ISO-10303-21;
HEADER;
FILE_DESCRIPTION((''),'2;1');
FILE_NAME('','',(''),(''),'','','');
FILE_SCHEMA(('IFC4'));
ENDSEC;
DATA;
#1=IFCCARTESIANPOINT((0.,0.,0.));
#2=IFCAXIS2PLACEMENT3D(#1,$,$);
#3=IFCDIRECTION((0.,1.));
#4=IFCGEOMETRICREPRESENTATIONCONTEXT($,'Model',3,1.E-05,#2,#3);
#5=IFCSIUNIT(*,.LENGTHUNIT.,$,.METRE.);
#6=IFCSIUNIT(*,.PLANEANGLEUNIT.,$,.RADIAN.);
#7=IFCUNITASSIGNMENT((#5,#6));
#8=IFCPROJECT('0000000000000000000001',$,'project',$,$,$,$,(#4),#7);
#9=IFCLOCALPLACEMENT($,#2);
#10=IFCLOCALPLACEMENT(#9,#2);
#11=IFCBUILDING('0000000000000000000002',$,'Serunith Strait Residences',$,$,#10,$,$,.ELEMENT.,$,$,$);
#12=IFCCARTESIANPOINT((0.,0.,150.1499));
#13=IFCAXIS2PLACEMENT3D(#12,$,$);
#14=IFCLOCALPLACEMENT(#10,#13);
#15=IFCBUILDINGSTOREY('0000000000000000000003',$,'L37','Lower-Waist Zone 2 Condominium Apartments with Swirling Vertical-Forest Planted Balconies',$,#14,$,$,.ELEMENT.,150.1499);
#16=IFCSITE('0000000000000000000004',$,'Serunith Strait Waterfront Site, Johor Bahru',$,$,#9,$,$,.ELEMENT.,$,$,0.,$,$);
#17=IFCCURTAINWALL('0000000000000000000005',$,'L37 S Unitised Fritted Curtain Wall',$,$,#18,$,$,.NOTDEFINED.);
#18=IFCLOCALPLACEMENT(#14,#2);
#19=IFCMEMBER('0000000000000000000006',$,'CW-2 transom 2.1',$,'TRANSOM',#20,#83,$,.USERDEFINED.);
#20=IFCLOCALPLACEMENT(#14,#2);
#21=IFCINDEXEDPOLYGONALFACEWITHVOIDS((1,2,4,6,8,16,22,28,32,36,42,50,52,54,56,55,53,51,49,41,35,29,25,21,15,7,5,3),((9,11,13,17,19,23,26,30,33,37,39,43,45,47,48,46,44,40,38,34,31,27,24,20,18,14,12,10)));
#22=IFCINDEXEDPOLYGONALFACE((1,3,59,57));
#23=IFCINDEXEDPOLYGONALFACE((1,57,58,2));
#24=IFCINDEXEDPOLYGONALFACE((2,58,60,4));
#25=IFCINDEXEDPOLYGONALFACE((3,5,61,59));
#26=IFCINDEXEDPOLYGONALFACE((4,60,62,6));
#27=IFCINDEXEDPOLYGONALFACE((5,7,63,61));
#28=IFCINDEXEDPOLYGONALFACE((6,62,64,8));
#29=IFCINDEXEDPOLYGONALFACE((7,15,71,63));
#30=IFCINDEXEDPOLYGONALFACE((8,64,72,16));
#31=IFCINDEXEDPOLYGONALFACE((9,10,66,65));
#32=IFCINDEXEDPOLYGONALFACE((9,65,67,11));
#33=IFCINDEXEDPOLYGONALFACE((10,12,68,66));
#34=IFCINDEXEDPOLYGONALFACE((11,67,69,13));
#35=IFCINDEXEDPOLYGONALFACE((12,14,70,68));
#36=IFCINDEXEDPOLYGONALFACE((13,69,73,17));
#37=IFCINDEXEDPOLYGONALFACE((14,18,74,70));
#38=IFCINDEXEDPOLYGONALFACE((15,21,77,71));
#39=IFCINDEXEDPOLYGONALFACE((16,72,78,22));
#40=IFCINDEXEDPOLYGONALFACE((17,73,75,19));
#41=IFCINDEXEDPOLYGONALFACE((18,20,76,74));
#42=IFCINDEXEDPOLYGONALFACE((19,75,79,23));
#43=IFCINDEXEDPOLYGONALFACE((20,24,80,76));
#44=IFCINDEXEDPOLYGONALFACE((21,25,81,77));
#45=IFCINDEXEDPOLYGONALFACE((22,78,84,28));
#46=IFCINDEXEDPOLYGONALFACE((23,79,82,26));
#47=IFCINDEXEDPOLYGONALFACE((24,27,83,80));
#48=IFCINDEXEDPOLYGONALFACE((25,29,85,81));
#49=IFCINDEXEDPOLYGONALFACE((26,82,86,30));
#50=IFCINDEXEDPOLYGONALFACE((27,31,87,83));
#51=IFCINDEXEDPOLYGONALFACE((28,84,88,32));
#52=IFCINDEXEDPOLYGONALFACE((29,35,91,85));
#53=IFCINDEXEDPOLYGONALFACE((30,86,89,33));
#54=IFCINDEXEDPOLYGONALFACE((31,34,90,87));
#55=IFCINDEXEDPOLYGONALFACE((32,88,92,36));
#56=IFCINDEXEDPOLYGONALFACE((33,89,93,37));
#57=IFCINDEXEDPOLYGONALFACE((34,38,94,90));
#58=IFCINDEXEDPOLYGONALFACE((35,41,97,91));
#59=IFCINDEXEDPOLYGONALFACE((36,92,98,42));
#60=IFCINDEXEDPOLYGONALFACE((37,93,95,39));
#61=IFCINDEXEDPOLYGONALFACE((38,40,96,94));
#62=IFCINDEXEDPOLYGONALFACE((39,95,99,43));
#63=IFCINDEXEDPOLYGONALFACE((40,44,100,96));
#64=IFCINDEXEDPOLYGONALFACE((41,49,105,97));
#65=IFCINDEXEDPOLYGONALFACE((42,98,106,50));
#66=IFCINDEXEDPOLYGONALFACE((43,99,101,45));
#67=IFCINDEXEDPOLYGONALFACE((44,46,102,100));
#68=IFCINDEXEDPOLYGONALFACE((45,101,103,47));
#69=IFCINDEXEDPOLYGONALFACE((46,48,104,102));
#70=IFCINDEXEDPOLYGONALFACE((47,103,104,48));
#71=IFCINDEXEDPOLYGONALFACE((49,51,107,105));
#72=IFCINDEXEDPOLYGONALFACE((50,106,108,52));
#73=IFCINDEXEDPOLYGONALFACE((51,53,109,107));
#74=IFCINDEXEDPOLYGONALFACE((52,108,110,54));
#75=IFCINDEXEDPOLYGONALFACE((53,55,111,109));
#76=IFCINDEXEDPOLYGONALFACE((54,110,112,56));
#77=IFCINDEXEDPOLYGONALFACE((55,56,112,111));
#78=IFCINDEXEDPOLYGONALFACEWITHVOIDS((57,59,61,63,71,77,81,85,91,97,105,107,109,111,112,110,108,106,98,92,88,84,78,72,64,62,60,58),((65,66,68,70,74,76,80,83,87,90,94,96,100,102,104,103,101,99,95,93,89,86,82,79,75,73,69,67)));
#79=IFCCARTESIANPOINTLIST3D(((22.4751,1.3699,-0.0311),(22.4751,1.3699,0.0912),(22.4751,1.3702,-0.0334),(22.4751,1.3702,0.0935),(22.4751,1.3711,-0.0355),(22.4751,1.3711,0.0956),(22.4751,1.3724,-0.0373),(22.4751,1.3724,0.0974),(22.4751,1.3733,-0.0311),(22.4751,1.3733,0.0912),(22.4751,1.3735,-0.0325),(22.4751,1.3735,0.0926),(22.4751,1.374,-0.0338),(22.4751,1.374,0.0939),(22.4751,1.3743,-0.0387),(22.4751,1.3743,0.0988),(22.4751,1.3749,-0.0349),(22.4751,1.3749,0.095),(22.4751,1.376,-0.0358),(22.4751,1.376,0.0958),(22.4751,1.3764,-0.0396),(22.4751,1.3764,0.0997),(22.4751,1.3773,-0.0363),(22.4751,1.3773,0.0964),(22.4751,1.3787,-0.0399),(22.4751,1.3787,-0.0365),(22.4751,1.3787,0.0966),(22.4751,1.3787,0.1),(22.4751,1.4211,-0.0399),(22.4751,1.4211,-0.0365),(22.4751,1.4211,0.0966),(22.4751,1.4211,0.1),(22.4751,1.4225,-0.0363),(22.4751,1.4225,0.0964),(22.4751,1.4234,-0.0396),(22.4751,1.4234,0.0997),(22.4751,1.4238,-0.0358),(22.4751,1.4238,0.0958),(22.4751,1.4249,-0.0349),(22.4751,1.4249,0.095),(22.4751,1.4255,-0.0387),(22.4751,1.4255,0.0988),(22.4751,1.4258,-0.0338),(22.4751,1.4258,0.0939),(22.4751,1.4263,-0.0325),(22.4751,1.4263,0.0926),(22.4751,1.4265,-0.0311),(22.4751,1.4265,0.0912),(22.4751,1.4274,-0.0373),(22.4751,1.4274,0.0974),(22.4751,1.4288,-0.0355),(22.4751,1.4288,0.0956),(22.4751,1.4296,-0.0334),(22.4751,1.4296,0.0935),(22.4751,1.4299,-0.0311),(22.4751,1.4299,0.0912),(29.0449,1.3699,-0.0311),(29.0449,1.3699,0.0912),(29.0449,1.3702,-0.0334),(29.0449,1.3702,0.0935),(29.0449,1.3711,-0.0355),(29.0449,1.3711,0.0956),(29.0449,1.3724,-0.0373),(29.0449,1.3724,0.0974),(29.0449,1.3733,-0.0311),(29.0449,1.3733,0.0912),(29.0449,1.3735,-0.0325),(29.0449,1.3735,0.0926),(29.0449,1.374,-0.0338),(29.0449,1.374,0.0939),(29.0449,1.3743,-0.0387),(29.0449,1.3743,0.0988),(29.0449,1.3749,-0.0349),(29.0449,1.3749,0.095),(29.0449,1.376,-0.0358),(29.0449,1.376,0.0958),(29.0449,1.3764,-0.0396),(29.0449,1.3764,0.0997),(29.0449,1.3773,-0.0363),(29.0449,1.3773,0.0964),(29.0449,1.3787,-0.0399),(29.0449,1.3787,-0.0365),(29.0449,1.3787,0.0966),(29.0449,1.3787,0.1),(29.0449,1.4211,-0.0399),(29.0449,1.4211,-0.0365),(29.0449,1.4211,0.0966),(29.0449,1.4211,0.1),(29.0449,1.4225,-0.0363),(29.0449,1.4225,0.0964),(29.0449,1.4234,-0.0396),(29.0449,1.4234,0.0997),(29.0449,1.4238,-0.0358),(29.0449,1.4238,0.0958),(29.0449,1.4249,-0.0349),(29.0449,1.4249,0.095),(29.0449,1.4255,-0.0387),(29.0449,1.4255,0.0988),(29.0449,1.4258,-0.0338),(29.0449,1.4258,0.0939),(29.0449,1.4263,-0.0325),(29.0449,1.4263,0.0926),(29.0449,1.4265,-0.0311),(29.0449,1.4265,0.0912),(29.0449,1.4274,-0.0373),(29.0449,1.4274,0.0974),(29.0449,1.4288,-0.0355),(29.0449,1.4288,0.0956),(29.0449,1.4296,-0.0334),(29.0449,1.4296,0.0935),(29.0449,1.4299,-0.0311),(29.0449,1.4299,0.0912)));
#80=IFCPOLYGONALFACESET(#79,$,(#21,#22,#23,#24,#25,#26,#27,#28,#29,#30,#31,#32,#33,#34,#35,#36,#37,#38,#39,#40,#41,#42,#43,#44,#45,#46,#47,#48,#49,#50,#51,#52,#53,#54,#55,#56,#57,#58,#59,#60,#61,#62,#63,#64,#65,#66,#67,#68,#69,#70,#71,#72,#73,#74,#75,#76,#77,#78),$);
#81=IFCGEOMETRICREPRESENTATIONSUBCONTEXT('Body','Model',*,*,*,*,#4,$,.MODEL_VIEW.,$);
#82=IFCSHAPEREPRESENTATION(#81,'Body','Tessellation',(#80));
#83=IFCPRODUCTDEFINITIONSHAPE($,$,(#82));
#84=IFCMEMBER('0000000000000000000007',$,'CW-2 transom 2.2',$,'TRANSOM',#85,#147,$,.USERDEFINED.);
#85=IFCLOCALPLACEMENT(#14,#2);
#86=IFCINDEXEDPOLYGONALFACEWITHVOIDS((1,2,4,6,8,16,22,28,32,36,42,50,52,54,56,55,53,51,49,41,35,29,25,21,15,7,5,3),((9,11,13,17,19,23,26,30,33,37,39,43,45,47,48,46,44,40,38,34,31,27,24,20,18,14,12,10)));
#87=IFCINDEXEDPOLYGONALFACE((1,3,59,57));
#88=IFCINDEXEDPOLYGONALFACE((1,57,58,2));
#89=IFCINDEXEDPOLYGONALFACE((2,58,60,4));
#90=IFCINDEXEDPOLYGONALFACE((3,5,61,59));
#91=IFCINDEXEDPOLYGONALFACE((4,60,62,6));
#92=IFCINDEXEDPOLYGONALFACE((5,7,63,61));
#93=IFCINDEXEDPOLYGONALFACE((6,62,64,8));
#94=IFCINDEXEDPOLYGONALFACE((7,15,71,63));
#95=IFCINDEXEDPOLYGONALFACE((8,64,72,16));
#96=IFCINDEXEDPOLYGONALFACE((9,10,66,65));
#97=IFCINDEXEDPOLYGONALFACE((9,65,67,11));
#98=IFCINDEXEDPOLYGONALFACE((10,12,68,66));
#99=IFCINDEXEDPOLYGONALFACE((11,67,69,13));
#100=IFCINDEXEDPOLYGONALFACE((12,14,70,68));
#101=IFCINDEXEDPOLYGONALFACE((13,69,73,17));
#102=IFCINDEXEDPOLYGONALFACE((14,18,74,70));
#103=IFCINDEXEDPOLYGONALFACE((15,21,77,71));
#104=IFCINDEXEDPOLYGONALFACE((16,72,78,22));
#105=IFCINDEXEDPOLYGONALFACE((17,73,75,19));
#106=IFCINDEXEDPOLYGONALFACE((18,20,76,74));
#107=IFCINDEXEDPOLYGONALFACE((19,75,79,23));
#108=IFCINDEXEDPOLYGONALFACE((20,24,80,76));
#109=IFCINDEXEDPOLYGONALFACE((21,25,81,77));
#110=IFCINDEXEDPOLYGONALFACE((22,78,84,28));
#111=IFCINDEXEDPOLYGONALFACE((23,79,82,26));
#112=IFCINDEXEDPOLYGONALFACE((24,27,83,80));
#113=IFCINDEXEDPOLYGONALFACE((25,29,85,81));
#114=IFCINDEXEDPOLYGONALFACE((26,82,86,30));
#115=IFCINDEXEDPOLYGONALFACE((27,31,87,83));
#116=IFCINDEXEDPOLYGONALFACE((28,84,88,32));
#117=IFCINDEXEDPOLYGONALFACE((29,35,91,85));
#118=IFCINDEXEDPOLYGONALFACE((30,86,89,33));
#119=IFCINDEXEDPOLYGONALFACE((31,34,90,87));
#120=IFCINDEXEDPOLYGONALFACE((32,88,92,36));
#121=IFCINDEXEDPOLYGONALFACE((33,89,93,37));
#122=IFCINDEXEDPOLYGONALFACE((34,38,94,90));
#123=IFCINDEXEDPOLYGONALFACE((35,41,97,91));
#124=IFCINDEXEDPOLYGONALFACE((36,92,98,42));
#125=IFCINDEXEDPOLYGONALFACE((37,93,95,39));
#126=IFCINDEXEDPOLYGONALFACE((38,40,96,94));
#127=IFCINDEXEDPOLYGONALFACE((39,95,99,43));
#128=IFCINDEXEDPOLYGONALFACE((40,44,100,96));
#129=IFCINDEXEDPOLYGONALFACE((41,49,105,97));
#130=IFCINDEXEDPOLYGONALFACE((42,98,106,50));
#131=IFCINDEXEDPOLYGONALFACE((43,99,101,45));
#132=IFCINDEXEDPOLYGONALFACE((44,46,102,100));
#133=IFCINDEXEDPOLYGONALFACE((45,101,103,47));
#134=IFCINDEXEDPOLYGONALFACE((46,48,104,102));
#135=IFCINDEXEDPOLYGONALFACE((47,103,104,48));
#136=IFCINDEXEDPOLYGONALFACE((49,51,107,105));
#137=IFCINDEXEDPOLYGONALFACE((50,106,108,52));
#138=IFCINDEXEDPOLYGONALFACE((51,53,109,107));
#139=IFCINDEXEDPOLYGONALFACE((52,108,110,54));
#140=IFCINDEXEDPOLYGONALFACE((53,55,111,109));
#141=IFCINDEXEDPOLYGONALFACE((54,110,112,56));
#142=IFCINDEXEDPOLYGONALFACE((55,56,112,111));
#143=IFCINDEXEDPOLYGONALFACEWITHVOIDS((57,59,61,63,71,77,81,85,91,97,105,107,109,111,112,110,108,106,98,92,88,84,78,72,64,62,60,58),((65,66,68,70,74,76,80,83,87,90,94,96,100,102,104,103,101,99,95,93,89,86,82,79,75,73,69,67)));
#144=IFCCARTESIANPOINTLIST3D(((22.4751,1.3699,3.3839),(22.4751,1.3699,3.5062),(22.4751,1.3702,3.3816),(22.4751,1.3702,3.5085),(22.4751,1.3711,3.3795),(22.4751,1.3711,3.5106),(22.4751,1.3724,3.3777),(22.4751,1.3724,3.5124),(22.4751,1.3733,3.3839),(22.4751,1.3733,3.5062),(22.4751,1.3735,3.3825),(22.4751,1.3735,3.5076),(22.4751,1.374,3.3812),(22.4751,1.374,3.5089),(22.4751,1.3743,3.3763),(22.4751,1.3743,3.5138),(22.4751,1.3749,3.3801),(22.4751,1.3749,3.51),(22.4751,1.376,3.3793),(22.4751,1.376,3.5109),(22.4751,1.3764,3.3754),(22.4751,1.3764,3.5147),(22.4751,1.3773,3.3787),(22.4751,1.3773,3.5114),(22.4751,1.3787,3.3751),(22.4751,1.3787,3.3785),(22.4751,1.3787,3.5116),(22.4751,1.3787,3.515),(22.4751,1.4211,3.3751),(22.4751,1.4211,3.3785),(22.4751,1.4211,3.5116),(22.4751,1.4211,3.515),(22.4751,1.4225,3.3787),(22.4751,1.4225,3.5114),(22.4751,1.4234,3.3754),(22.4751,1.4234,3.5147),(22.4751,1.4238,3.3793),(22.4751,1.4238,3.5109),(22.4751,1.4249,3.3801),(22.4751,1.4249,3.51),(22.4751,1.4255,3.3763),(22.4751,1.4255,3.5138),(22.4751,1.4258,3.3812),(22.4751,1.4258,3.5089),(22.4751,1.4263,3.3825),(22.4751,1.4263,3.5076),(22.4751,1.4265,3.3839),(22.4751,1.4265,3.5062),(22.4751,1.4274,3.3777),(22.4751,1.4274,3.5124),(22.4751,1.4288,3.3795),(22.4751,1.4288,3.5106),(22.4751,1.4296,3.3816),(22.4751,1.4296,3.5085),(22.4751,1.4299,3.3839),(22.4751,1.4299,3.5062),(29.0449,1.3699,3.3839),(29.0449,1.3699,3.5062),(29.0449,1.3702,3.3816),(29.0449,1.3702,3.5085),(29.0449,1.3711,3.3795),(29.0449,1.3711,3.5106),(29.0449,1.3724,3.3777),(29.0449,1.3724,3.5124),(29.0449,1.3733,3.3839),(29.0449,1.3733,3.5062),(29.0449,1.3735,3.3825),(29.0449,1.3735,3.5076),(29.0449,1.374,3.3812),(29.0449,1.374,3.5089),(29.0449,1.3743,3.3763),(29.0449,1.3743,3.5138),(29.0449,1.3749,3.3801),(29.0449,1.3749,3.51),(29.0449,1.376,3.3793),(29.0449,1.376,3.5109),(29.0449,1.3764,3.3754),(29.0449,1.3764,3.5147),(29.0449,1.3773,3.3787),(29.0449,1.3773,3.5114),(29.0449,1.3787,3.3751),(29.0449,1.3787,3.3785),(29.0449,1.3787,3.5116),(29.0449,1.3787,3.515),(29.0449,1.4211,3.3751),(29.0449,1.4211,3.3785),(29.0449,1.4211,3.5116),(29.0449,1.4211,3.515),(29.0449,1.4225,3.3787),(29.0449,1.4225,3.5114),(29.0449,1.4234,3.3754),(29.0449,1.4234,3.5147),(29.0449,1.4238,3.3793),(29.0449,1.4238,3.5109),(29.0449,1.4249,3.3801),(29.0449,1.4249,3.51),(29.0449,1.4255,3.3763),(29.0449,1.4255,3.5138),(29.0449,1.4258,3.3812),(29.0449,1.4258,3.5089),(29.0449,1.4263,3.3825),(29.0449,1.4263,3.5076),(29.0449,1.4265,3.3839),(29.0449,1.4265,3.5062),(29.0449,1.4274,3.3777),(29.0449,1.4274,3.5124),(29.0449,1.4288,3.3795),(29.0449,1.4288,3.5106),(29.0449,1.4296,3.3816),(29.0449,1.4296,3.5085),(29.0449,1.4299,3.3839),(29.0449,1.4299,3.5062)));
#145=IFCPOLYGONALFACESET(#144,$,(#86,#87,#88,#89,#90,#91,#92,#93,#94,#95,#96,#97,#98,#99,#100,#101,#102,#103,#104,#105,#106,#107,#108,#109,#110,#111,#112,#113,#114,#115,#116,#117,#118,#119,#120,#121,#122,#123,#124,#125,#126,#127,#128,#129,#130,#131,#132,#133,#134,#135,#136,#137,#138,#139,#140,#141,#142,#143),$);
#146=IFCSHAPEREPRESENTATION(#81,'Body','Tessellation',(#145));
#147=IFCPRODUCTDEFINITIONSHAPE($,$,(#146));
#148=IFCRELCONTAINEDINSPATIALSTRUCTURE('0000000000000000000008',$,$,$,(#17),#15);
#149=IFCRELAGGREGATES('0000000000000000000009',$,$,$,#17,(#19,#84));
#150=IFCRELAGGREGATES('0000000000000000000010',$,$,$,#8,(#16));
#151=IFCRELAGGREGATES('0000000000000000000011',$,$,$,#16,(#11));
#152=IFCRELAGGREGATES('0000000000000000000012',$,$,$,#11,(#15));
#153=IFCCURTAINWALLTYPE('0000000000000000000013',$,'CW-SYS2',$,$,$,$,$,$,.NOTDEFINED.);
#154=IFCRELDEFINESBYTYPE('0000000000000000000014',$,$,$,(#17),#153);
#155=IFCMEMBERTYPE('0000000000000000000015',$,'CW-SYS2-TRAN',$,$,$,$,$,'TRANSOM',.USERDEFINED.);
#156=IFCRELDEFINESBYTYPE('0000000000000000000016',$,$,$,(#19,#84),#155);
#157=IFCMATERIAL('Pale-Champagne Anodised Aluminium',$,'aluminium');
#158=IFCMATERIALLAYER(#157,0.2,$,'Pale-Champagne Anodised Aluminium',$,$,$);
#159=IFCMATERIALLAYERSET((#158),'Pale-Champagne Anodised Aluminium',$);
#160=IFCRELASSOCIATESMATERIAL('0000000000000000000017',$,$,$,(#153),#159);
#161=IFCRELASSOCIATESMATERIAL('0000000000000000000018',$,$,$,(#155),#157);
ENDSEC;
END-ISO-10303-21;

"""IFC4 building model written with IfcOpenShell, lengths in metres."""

from ifc_helpers import new_model, si_unit, direction, frame, origin, origin_2d, place, context, subcontext, project, spatial, hollow_rectangle, extrude, source, transform, mapped, material, layer, layer_set, material_profile, profile_set, type_object, element, aggregate, save


model = new_model("IFC4")

# Units and contexts
model_context = context("Model", 3, precision=1e-05, world=origin(), true_north=direction((0.0, 1.0)))
body_context = subcontext(model_context, "Body", "Model", "MODEL_VIEW")
ifc_project = project(units=[si_unit("LENGTHUNIT", "METRE"), si_unit("PLANEANGLEUNIT", "RADIAN")], contexts=[model_context])

# Site, building, storey
site_placement = place(None, origin())
site = spatial("IfcSite", under=ifc_project, at=site_placement, Name="Serunith Strait Waterfront Site, Johor Bahru", CompositionType="ELEMENT", RefElevation=0.0)
building_placement = place(site_placement, origin())
building = spatial("IfcBuilding", under=site, at=building_placement, Name="Serunith Strait Residences", CompositionType="ELEMENT")
storey_placement = place(building_placement, frame((0.0, 0.0, 150.1499)))
storey = spatial("IfcBuildingStorey", under=building, at=storey_placement, Name="L37", Description="Lower-Waist Zone 2 Condominium Apartments with Swirling Vertical-Forest Planted Balconies", CompositionType="ELEMENT", Elevation=150.1499)

# Curtain wall, members
ifc_material_1 = material(Name="Pale-Champagne Anodised Aluminium", Category="aluminium")
ifc_layer_1 = layer(ifc_material_1, 0.2, Name="Pale-Champagne Anodised Aluminium")
ifc_layer_set_1 = layer_set([ifc_layer_1], Name="Pale-Champagne Anodised Aluminium")
curtain_wall_type = type_object("IfcCurtainWallType", Name="CW-SYS2", PredefinedType="NOTDEFINED", material=ifc_layer_set_1)
curtain_wall_placement = place(storey_placement, origin())
curtain_wall = element("IfcCurtainWall", 1, at=curtain_wall_placement, inside=storey, type_object=curtain_wall_type, Name="L37 S Unitised Fritted Curtain Wall", PredefinedType="NOTDEFINED")
ifc_material_profile_1 = material_profile(ifc_material_1, hollow_rectangle(XDim=0.0601, YDim=0.1399, WallThickness=0.0034, InnerFilletRadius=0.0054, OuterFilletRadius=0.0088, at=origin_2d()), Name="ALU 140x60x3.5")
ifc_profile_set_1 = profile_set([ifc_material_profile_1], Name="Pale-Champagne Anodised Aluminium")
member_type_1 = type_object("IfcMemberType", Name="CW-SYS2-TRAN", ElementType="TRANSOM", PredefinedType="USERDEFINED", material=ifc_profile_set_1)
shared_shape_1 = source(origin(), body_context, "Body", "SweptSolid", [
    extrude(hollow_rectangle(XDim=0.0601, YDim=0.1399, WallThickness=0.0034, InnerFilletRadius=0.0054, OuterFilletRadius=0.0088, at=origin_2d()), origin(), (0.0, 0.0, 1.0), 6.5698),
])
member_1_placement = place(storey_placement, frame((22.4751, 1.3999, 0.03), z_axis=(1.0, 0.0, 0.0), x_axis=(0.0, 1.0, 0.0)))
member_1 = element("IfcMember", 2, at=member_1_placement, type_object=member_type_1, Name="CW-2 transom 2.1", ObjectType="TRANSOM", PredefinedType="USERDEFINED", context=body_context, shape_type="MappedRepresentation", body=[
    mapped(shared_shape_1, transform((0.0, 0.0, 0.0), scale=1.0)),
])
member_2_placement = place(storey_placement, frame((22.4751, 1.3999, 3.4451), z_axis=(1.0, 0.0, 0.0), x_axis=(0.0, 1.0, 0.0)))
member_2 = element("IfcMember", 3, at=member_2_placement, type_object=member_type_1, Name="CW-2 transom 2.2", ObjectType="TRANSOM", PredefinedType="USERDEFINED", context=body_context, shape_type="MappedRepresentation", body=[
    mapped(shared_shape_1, transform((0.0, 0.0, 0.0), scale=1.0)),
])
aggregate(curtain_wall, [member_1, member_2])

save(model, "model.ifc")
